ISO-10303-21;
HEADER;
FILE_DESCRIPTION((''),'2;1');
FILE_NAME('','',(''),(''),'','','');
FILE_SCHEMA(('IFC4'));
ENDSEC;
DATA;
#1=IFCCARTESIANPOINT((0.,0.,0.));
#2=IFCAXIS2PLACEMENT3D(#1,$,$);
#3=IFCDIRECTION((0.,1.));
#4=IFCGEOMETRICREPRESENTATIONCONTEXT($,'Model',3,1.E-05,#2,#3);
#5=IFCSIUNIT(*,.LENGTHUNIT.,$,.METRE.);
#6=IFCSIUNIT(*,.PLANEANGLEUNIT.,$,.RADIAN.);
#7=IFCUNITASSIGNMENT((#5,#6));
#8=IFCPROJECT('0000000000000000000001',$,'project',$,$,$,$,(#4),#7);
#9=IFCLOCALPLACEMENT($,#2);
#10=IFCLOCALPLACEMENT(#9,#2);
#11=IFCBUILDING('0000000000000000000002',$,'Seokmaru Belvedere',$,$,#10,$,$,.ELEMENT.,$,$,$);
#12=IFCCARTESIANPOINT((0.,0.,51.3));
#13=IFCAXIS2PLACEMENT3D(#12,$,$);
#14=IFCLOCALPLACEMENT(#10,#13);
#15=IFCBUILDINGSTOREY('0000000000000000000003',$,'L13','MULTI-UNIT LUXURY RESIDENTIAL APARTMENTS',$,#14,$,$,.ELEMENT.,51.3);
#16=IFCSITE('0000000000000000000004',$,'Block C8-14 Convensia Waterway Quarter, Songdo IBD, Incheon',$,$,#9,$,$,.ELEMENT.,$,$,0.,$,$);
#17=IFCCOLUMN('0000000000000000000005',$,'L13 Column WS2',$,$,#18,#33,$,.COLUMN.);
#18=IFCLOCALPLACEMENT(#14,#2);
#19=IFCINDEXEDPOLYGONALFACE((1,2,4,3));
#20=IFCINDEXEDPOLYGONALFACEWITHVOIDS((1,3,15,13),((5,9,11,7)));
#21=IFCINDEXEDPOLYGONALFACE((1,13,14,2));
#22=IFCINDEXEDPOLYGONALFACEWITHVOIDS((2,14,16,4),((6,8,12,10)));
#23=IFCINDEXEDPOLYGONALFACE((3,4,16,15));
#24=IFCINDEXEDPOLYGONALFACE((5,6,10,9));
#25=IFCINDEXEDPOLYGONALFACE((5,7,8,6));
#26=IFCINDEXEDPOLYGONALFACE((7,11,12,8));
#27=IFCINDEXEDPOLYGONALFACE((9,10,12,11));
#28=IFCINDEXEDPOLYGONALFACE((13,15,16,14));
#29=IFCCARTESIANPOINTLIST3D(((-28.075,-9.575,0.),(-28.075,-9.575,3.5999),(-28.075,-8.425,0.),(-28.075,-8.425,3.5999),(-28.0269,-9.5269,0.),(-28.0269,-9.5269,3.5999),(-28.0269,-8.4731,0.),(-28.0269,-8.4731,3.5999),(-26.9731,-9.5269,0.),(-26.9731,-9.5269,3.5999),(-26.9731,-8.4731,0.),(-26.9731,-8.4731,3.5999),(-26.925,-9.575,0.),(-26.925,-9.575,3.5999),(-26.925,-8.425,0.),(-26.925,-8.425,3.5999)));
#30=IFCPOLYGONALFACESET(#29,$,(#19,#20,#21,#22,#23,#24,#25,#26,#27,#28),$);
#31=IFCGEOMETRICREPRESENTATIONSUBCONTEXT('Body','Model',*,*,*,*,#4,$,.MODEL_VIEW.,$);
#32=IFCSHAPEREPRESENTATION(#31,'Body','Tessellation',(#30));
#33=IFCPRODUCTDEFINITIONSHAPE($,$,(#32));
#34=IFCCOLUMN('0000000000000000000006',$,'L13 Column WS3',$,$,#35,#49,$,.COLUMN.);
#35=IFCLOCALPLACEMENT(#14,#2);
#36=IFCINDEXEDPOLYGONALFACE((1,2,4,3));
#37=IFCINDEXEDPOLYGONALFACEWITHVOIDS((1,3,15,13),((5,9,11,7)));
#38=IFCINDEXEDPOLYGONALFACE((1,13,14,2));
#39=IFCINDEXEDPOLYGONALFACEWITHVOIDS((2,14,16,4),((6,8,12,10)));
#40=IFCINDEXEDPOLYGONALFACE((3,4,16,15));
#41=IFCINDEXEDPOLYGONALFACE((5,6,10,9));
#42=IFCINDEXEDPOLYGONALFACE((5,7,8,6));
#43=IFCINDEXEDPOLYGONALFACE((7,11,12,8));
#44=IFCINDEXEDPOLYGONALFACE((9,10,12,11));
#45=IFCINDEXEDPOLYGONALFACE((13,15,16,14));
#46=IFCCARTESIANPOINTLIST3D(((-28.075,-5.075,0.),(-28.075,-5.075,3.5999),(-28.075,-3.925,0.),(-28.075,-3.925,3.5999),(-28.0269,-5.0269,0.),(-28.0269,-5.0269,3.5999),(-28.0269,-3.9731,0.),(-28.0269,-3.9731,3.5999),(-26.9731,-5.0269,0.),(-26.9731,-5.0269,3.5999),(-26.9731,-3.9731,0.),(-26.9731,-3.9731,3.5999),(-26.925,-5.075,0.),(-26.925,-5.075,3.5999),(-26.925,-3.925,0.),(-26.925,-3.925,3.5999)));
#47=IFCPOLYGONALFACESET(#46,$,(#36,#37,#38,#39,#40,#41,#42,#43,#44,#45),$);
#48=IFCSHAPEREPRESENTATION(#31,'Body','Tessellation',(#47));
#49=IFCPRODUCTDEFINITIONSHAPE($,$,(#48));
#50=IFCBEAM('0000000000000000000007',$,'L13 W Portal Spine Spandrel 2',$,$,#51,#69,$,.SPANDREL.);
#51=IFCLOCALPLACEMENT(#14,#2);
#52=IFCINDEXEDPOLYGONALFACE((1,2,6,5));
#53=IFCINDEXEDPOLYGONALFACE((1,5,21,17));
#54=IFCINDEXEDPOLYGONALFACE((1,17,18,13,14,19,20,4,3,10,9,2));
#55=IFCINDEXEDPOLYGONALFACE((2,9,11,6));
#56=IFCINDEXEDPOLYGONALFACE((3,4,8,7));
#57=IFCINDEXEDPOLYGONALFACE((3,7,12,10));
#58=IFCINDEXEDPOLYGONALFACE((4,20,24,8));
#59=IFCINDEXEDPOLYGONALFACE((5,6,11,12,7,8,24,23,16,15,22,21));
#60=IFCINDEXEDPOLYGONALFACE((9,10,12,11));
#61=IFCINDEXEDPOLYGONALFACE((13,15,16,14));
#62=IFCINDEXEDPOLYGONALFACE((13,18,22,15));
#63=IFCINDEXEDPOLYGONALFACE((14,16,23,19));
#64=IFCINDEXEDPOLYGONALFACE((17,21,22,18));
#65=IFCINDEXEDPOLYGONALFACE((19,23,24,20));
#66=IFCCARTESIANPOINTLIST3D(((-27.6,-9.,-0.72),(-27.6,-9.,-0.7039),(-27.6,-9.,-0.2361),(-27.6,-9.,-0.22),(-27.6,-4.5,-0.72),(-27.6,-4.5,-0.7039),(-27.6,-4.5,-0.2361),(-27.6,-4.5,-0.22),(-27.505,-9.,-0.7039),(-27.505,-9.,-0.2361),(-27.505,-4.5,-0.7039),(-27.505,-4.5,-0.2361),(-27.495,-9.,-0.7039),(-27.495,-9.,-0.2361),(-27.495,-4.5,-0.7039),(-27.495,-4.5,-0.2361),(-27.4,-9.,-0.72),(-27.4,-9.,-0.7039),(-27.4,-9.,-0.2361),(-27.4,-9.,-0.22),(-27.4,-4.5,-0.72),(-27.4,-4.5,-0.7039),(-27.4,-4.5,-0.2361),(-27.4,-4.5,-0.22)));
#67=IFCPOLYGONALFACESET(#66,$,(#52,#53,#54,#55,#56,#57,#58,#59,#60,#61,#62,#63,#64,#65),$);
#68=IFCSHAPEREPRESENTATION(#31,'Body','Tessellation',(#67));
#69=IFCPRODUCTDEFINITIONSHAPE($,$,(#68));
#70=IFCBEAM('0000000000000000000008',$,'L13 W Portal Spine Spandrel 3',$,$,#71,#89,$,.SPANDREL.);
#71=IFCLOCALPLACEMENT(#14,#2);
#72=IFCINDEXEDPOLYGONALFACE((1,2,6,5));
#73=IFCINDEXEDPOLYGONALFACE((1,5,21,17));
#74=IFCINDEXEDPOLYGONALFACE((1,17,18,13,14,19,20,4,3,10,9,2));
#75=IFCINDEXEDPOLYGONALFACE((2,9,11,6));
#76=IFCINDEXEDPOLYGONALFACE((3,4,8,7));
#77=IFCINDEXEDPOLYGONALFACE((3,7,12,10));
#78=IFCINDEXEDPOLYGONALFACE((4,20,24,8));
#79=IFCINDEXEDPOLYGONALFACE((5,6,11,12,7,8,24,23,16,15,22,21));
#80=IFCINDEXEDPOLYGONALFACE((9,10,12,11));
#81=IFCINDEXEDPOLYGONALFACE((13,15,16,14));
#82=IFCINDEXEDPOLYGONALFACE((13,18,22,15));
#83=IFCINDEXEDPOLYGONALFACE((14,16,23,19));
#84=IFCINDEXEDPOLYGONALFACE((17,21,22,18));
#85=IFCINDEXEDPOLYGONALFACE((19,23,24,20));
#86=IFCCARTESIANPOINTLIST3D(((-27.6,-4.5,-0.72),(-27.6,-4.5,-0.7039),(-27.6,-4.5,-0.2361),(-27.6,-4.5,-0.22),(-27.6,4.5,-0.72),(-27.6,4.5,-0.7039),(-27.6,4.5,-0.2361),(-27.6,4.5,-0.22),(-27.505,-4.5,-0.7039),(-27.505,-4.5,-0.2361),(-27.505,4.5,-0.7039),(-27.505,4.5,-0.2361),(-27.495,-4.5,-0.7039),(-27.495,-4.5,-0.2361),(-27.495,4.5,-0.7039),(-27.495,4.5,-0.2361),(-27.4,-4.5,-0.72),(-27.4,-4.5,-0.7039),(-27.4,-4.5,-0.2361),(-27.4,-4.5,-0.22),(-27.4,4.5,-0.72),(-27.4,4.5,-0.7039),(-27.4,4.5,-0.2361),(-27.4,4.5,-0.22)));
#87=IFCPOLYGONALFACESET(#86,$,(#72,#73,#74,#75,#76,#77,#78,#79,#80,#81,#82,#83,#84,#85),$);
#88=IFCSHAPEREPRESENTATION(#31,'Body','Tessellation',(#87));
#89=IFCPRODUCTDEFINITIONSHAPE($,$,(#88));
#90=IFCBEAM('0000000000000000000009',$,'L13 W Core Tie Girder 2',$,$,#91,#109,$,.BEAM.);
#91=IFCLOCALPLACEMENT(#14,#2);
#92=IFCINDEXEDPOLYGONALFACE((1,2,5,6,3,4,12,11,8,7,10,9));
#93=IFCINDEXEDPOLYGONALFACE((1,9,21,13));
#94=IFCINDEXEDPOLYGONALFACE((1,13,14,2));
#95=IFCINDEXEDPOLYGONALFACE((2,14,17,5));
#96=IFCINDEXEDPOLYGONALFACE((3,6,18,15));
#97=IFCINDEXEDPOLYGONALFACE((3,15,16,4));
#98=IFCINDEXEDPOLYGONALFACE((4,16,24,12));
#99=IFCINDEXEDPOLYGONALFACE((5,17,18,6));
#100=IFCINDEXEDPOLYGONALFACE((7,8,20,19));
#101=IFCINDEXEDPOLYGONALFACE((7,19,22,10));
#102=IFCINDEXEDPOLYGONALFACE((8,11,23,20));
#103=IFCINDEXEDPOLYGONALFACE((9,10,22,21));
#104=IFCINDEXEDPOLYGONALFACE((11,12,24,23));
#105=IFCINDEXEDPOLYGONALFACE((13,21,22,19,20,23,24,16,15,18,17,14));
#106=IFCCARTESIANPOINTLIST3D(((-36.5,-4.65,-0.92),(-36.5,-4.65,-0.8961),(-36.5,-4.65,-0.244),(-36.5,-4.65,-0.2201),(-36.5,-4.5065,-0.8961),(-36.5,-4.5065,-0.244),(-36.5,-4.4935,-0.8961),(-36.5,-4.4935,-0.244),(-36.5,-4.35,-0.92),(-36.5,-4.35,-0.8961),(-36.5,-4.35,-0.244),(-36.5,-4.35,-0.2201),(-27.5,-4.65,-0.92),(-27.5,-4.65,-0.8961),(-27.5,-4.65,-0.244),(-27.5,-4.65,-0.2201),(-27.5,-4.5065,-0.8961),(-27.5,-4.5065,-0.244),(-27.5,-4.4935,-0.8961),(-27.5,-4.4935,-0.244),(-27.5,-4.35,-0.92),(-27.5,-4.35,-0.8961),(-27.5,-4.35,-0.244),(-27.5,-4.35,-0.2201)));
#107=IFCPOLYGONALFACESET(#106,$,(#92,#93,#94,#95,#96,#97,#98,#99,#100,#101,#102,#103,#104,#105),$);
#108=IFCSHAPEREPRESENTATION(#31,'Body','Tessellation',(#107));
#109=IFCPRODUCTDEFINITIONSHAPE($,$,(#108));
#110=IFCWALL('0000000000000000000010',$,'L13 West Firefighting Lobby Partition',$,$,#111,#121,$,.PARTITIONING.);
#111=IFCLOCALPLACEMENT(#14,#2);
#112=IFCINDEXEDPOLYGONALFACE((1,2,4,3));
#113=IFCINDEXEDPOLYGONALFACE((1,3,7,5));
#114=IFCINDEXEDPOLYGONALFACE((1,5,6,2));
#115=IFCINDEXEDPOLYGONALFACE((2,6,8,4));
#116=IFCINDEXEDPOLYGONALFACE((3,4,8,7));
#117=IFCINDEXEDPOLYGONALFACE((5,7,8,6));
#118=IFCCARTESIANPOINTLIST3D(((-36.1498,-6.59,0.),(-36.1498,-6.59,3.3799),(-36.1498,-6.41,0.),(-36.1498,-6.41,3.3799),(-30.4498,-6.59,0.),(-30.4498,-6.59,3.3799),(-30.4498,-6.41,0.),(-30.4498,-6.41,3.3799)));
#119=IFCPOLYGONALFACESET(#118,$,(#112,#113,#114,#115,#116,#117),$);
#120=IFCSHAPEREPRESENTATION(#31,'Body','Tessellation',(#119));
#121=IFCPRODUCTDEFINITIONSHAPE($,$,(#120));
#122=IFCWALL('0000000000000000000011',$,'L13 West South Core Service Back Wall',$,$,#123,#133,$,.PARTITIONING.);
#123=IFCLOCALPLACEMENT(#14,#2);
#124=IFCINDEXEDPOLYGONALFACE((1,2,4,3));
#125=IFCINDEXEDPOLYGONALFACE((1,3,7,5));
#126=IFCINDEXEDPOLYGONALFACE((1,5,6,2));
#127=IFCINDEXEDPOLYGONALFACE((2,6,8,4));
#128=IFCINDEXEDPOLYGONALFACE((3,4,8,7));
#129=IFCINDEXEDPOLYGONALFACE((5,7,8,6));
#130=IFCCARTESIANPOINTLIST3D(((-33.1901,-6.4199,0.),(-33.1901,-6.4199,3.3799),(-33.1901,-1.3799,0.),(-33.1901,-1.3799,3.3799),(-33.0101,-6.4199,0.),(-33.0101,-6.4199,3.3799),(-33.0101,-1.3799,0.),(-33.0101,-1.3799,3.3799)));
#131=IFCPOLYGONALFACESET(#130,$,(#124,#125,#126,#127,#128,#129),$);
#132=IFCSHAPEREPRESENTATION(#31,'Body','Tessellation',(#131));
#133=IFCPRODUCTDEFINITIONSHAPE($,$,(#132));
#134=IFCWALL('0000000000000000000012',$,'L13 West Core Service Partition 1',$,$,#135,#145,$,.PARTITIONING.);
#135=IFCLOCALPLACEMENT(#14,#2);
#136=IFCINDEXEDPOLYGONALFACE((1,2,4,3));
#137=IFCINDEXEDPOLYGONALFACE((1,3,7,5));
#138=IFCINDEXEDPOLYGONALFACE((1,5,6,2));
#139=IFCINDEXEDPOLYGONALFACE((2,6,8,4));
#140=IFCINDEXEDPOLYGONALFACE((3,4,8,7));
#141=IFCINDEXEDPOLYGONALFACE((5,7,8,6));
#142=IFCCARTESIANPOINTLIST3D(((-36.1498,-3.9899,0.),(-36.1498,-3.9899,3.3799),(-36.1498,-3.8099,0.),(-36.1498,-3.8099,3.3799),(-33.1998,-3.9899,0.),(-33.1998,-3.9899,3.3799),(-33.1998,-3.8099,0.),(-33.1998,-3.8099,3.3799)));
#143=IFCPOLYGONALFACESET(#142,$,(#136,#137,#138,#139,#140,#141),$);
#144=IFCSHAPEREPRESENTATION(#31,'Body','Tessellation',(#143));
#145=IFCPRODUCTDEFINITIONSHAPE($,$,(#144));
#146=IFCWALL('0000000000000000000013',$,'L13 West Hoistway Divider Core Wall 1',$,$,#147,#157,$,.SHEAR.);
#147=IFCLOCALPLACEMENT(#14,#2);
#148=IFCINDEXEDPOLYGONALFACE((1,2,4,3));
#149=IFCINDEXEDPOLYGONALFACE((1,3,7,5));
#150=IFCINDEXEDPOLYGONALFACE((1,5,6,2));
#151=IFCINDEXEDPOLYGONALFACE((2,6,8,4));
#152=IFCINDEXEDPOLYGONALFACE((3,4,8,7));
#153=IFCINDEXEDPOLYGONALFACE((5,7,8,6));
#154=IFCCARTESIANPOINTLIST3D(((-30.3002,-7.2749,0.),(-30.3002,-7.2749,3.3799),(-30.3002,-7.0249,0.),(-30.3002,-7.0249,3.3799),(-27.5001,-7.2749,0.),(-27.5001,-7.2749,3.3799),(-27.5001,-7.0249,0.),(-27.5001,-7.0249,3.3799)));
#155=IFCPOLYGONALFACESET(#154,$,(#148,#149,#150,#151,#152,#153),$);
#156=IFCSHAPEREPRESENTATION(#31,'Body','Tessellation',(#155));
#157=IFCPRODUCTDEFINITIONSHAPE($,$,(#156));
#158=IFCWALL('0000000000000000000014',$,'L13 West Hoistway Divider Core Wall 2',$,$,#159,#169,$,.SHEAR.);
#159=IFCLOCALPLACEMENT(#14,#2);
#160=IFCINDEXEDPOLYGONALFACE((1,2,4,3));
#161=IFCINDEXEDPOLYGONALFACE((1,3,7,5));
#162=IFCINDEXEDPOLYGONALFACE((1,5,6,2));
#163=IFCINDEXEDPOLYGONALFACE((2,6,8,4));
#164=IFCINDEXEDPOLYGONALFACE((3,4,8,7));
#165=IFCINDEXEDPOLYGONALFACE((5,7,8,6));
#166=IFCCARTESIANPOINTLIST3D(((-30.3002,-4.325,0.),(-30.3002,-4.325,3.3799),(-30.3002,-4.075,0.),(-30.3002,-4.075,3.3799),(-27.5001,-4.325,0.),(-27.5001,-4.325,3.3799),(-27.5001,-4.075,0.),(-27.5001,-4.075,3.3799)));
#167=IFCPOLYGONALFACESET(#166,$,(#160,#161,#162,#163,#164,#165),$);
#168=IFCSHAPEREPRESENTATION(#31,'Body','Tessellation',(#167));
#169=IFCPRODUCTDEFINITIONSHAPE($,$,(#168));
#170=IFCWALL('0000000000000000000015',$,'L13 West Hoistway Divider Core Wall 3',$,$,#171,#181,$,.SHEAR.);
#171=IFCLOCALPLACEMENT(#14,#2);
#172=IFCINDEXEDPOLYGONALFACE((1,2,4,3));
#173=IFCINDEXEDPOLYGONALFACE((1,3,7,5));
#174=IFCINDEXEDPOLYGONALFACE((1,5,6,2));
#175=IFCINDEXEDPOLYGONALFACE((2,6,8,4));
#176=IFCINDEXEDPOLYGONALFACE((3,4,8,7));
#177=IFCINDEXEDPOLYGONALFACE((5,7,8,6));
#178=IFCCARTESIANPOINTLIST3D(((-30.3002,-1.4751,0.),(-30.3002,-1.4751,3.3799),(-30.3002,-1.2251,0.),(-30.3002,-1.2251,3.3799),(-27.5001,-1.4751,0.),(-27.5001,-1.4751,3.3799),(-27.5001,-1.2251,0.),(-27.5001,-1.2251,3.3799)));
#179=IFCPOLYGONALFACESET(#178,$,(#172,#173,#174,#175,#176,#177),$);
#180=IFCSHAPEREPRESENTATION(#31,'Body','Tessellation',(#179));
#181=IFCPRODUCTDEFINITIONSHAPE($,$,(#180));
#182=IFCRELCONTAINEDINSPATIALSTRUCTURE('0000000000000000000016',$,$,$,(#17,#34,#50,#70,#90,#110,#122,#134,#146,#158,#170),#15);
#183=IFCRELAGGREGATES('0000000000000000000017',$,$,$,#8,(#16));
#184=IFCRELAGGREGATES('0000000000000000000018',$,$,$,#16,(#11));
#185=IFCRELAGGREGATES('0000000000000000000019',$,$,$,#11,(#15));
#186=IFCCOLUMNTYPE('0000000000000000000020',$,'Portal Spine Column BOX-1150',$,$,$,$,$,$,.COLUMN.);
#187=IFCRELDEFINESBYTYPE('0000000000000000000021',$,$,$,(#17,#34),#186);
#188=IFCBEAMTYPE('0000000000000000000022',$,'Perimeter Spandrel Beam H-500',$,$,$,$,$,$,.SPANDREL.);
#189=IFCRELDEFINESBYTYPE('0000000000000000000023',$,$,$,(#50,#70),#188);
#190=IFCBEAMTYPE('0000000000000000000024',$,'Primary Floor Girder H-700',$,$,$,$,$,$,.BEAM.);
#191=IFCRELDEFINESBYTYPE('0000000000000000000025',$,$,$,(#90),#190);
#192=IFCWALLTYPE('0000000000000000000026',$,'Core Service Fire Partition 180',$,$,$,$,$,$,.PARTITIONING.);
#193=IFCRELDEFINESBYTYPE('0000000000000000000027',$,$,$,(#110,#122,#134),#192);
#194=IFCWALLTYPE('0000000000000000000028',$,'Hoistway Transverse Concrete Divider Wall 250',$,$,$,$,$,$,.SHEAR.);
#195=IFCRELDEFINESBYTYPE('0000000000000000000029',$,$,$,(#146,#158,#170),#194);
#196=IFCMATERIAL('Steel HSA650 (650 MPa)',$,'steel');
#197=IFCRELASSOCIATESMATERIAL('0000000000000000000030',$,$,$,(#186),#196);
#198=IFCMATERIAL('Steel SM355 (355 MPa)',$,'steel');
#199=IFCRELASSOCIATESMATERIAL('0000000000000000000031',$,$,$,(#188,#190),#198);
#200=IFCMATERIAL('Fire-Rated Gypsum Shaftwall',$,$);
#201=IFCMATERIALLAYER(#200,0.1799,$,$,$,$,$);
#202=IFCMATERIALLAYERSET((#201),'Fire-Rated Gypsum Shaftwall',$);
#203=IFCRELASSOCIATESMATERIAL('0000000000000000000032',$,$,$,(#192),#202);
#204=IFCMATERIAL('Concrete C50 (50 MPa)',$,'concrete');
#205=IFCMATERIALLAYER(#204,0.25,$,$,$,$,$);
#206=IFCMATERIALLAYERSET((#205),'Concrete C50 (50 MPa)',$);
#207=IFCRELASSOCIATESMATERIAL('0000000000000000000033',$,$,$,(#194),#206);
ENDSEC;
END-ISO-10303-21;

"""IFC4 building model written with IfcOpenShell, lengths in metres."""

from ifc_helpers import new_model, si_unit, direction, frame, frame_2d, origin, origin_2d, place, context, subcontext, project, spatial, rectangle, hollow_rectangle, i_section, extrude, source, transform, mapped, material, layer, layer_set, material_profile, profile_set, type_object, type_shapes, element, save


model = new_model("IFC4")

# Units and contexts
model_context = context("Model", 3, precision=1e-05, world=origin(), true_north=direction((0.0, 1.0)))
body_context = subcontext(model_context, "Body", "Model", "MODEL_VIEW")
ifc_project = project(units=[si_unit("LENGTHUNIT", "METRE"), si_unit("PLANEANGLEUNIT", "RADIAN")], contexts=[model_context])

# Site, building, storey
site_placement = place(None, origin())
site = spatial("IfcSite", under=ifc_project, at=site_placement, Name="Block C8-14 Convensia Waterway Quarter, Songdo IBD, Incheon", CompositionType="ELEMENT", RefElevation=0.0)
building_placement = place(site_placement, origin())
building = spatial("IfcBuilding", under=site, at=building_placement, Name="Seokmaru Belvedere", CompositionType="ELEMENT")
storey_placement = place(building_placement, frame((0.0, 0.0, 51.3)))
storey = spatial("IfcBuildingStorey", under=building, at=storey_placement, Name="L13", Description="MULTI-UNIT LUXURY RESIDENTIAL APARTMENTS", CompositionType="ELEMENT", Elevation=51.3)

# Columns
ifc_material_1 = material(Name="Steel HSA650 (650 MPa)", Category="steel")
ifc_material_profile_1 = material_profile(ifc_material_1, hollow_rectangle(XDim=1.1499, YDim=1.1499, WallThickness=0.0481, at=origin_2d()), Name="BOX-1150x1150x48")
ifc_profile_set_1 = profile_set([ifc_material_profile_1], Name="Steel HSA650 (650 MPa)")
column_type = type_object("IfcColumnType", Name="Portal Spine Column BOX-1150", PredefinedType="COLUMN", material=ifc_profile_set_1)
shared_shape_1 = source(origin(), body_context, "Body", "SweptSolid", [
    extrude(hollow_rectangle(XDim=1.1499, YDim=1.1499, WallThickness=0.0481, at=origin_2d()), origin(), (0.0, 0.0, 1.0), 3.5999),
])
type_shapes(column_type, [shared_shape_1])
for number, where, z_axis, x_axis, name in (
    (1, (-27.5, -9.0, 0.0), (0.0, 0.0, 1.0), (1.0, 0.0, 0.0), "L13 Column WS2"),
    (2, (-27.5, -4.5, 0.0), (0.0, 0.0, 1.0), (1.0, 0.0, 0.0), "L13 Column WS3"),
):
    element("IfcColumn", number, at=place(storey_placement, frame(where, z_axis=z_axis, x_axis=x_axis)), inside=storey, type_object=column_type, Name=name, PredefinedType="COLUMN", context=body_context, shape_type="MappedRepresentation", body=[
        mapped(shared_shape_1, transform((0.0, 0.0, 0.0), scale=1.0)),
    ])

# Beams
ifc_material_2 = material(Name="Steel SM355 (355 MPa)", Category="steel")
ifc_material_profile_2 = material_profile(ifc_material_2, i_section(OverallWidth=0.2, OverallDepth=0.5, WebThickness=0.01, FlangeThickness=0.0161, at=origin_2d()), Name="H-500x200x10x16")
ifc_profile_set_2 = profile_set([ifc_material_profile_2], Name="Steel SM355 (355 MPa)")
beam_type_1 = type_object("IfcBeamType", Name="Perimeter Spandrel Beam H-500", PredefinedType="SPANDREL", material=ifc_profile_set_2)
shared_shape_2 = source(origin(), body_context, "Body", "SweptSolid", [
    extrude(i_section(OverallWidth=0.2, OverallDepth=0.5, WebThickness=0.01, FlangeThickness=0.0161, at=origin_2d()), origin(), (0.0, 0.0, 1.0), 4.5),
])
beam_1_placement = place(storey_placement, frame((-27.5, -9.0, -0.47), z_axis=(0.0, 1.0, 0.0), x_axis=(-1.0, 0.0, 0.0)))
element("IfcBeam", 3, at=beam_1_placement, inside=storey, type_object=beam_type_1, Name="L13 W Portal Spine Spandrel 2", PredefinedType="SPANDREL", context=body_context, shape_type="MappedRepresentation", body=[
    mapped(shared_shape_2, transform((0.0, 0.0, 0.0), scale=1.0)),
])
shared_shape_3 = source(origin(), body_context, "Body", "SweptSolid", [
    extrude(i_section(OverallWidth=0.2, OverallDepth=0.5, WebThickness=0.01, FlangeThickness=0.0161, at=origin_2d()), origin(), (0.0, 0.0, 1.0), 9.0),
])
type_shapes(beam_type_1, [shared_shape_2, shared_shape_3])
beam_2_placement = place(storey_placement, frame((-27.5, -4.5, -0.47), z_axis=(0.0, 1.0, 0.0), x_axis=(-1.0, 0.0, 0.0)))
element("IfcBeam", 4, at=beam_2_placement, inside=storey, type_object=beam_type_1, Name="L13 W Portal Spine Spandrel 3", PredefinedType="SPANDREL", context=body_context, shape_type="MappedRepresentation", body=[
    mapped(shared_shape_3, transform((0.0, 0.0, 0.0), scale=1.0)),
])
ifc_material_profile_3 = material_profile(ifc_material_2, i_section(OverallWidth=0.3, OverallDepth=0.7, WebThickness=0.0129, FlangeThickness=0.0239, at=origin_2d()), Name="H-700x300x13x24")
ifc_profile_set_3 = profile_set([ifc_material_profile_3], Name="Steel SM355 (355 MPa)")
beam_type_2 = type_object("IfcBeamType", Name="Primary Floor Girder H-700", PredefinedType="BEAM", material=ifc_profile_set_3)
shared_shape_4 = source(origin(), body_context, "Body", "SweptSolid", [
    extrude(i_section(OverallWidth=0.3, OverallDepth=0.7, WebThickness=0.0129, FlangeThickness=0.0239, at=origin_2d()), origin(), (0.0, 0.0, 1.0), 9.0),
])
type_shapes(beam_type_2, [shared_shape_4])
beam_3_placement = place(storey_placement, frame((-36.5, -4.5, -0.5701), z_axis=(1.0, 0.0, 0.0), x_axis=(0.0, 1.0, 0.0)))
element("IfcBeam", 5, at=beam_3_placement, inside=storey, type_object=beam_type_2, Name="L13 W Core Tie Girder 2", PredefinedType="BEAM", context=body_context, shape_type="MappedRepresentation", body=[
    mapped(shared_shape_4, transform((0.0, 0.0, 0.0), scale=1.0)),
])

# Walls
ifc_material_3 = material(Name="Fire-Rated Gypsum Shaftwall")
ifc_layer_1 = layer(ifc_material_3, 0.1799)
ifc_layer_set_1 = layer_set([ifc_layer_1], Name="Fire-Rated Gypsum Shaftwall")
wall_type_1 = type_object("IfcWallType", Name="Core Service Fire Partition 180", PredefinedType="PARTITIONING", material=ifc_layer_set_1)
wall_1_placement = place(storey_placement, frame((-36.1499, -6.5, 0.0), z_axis=(0.0, 0.0, 1.0), x_axis=(1.0, 0.0, 0.0)))
element("IfcWall", 6, at=wall_1_placement, inside=storey, type_object=wall_type_1, Name="L13 West Firefighting Lobby Partition", PredefinedType="PARTITIONING", context=body_context, shape_type="SweptSolid", body=[
    extrude(rectangle(XDim=5.7, YDim=0.1799, at=frame_2d((2.8501, 0.0))), origin(), (0.0, 0.0, 1.0), 3.3799),
])
wall_2_placement = place(storey_placement, frame((-33.1001, -6.4199, 0.0), z_axis=(0.0, 0.0, 1.0), x_axis=(0.0, 1.0, 0.0)))
element("IfcWall", 7, at=wall_2_placement, inside=storey, type_object=wall_type_1, Name="L13 West South Core Service Back Wall", PredefinedType="PARTITIONING", context=body_context, shape_type="SweptSolid", body=[
    extrude(rectangle(XDim=5.04, YDim=0.1799, at=frame_2d((2.52, 0.0))), origin(), (0.0, 0.0, 1.0), 3.3799),
])
wall_3_placement = place(storey_placement, frame((-36.1499, -3.8999, 0.0), z_axis=(0.0, 0.0, 1.0), x_axis=(1.0, 0.0, 0.0)))
element("IfcWall", 8, at=wall_3_placement, inside=storey, type_object=wall_type_1, Name="L13 West Core Service Partition 1", PredefinedType="PARTITIONING", context=body_context, shape_type="SweptSolid", body=[
    extrude(rectangle(XDim=2.95, YDim=0.1799, at=frame_2d((1.4751, 0.0))), origin(), (0.0, 0.0, 1.0), 3.3799),
])
ifc_material_4 = material(Name="Concrete C50 (50 MPa)", Category="concrete")
ifc_layer_2 = layer(ifc_material_4, 0.25)
ifc_layer_set_2 = layer_set([ifc_layer_2], Name="Concrete C50 (50 MPa)")
wall_type_2 = type_object("IfcWallType", Name="Hoistway Transverse Concrete Divider Wall 250", PredefinedType="SHEAR", material=ifc_layer_set_2)
for number, where, z_axis, x_axis, name in (
    (9, (-30.3, -7.1499, 0.0), (0.0, 0.0, 1.0), (1.0, 0.0, 0.0), "L13 West Hoistway Divider Core Wall 1"),
    (10, (-30.3, -4.2, 0.0), (0.0, 0.0, 1.0), (1.0, 0.0, 0.0), "L13 West Hoistway Divider Core Wall 2"),
    (11, (-30.3, -1.3501, 0.0), (0.0, 0.0, 1.0), (1.0, 0.0, 0.0), "L13 West Hoistway Divider Core Wall 3"),
):
    element("IfcWall", number, at=place(storey_placement, frame(where, z_axis=z_axis, x_axis=x_axis)), inside=storey, type_object=wall_type_2, Name=name, PredefinedType="SHEAR", context=body_context, shape_type="SweptSolid", body=[
        extrude(rectangle(XDim=2.8, YDim=0.25, at=frame_2d((1.3999, 0.0))), origin(), (0.0, 0.0, 1.0), 3.3799),
    ])

save(model, "model.ifc")
